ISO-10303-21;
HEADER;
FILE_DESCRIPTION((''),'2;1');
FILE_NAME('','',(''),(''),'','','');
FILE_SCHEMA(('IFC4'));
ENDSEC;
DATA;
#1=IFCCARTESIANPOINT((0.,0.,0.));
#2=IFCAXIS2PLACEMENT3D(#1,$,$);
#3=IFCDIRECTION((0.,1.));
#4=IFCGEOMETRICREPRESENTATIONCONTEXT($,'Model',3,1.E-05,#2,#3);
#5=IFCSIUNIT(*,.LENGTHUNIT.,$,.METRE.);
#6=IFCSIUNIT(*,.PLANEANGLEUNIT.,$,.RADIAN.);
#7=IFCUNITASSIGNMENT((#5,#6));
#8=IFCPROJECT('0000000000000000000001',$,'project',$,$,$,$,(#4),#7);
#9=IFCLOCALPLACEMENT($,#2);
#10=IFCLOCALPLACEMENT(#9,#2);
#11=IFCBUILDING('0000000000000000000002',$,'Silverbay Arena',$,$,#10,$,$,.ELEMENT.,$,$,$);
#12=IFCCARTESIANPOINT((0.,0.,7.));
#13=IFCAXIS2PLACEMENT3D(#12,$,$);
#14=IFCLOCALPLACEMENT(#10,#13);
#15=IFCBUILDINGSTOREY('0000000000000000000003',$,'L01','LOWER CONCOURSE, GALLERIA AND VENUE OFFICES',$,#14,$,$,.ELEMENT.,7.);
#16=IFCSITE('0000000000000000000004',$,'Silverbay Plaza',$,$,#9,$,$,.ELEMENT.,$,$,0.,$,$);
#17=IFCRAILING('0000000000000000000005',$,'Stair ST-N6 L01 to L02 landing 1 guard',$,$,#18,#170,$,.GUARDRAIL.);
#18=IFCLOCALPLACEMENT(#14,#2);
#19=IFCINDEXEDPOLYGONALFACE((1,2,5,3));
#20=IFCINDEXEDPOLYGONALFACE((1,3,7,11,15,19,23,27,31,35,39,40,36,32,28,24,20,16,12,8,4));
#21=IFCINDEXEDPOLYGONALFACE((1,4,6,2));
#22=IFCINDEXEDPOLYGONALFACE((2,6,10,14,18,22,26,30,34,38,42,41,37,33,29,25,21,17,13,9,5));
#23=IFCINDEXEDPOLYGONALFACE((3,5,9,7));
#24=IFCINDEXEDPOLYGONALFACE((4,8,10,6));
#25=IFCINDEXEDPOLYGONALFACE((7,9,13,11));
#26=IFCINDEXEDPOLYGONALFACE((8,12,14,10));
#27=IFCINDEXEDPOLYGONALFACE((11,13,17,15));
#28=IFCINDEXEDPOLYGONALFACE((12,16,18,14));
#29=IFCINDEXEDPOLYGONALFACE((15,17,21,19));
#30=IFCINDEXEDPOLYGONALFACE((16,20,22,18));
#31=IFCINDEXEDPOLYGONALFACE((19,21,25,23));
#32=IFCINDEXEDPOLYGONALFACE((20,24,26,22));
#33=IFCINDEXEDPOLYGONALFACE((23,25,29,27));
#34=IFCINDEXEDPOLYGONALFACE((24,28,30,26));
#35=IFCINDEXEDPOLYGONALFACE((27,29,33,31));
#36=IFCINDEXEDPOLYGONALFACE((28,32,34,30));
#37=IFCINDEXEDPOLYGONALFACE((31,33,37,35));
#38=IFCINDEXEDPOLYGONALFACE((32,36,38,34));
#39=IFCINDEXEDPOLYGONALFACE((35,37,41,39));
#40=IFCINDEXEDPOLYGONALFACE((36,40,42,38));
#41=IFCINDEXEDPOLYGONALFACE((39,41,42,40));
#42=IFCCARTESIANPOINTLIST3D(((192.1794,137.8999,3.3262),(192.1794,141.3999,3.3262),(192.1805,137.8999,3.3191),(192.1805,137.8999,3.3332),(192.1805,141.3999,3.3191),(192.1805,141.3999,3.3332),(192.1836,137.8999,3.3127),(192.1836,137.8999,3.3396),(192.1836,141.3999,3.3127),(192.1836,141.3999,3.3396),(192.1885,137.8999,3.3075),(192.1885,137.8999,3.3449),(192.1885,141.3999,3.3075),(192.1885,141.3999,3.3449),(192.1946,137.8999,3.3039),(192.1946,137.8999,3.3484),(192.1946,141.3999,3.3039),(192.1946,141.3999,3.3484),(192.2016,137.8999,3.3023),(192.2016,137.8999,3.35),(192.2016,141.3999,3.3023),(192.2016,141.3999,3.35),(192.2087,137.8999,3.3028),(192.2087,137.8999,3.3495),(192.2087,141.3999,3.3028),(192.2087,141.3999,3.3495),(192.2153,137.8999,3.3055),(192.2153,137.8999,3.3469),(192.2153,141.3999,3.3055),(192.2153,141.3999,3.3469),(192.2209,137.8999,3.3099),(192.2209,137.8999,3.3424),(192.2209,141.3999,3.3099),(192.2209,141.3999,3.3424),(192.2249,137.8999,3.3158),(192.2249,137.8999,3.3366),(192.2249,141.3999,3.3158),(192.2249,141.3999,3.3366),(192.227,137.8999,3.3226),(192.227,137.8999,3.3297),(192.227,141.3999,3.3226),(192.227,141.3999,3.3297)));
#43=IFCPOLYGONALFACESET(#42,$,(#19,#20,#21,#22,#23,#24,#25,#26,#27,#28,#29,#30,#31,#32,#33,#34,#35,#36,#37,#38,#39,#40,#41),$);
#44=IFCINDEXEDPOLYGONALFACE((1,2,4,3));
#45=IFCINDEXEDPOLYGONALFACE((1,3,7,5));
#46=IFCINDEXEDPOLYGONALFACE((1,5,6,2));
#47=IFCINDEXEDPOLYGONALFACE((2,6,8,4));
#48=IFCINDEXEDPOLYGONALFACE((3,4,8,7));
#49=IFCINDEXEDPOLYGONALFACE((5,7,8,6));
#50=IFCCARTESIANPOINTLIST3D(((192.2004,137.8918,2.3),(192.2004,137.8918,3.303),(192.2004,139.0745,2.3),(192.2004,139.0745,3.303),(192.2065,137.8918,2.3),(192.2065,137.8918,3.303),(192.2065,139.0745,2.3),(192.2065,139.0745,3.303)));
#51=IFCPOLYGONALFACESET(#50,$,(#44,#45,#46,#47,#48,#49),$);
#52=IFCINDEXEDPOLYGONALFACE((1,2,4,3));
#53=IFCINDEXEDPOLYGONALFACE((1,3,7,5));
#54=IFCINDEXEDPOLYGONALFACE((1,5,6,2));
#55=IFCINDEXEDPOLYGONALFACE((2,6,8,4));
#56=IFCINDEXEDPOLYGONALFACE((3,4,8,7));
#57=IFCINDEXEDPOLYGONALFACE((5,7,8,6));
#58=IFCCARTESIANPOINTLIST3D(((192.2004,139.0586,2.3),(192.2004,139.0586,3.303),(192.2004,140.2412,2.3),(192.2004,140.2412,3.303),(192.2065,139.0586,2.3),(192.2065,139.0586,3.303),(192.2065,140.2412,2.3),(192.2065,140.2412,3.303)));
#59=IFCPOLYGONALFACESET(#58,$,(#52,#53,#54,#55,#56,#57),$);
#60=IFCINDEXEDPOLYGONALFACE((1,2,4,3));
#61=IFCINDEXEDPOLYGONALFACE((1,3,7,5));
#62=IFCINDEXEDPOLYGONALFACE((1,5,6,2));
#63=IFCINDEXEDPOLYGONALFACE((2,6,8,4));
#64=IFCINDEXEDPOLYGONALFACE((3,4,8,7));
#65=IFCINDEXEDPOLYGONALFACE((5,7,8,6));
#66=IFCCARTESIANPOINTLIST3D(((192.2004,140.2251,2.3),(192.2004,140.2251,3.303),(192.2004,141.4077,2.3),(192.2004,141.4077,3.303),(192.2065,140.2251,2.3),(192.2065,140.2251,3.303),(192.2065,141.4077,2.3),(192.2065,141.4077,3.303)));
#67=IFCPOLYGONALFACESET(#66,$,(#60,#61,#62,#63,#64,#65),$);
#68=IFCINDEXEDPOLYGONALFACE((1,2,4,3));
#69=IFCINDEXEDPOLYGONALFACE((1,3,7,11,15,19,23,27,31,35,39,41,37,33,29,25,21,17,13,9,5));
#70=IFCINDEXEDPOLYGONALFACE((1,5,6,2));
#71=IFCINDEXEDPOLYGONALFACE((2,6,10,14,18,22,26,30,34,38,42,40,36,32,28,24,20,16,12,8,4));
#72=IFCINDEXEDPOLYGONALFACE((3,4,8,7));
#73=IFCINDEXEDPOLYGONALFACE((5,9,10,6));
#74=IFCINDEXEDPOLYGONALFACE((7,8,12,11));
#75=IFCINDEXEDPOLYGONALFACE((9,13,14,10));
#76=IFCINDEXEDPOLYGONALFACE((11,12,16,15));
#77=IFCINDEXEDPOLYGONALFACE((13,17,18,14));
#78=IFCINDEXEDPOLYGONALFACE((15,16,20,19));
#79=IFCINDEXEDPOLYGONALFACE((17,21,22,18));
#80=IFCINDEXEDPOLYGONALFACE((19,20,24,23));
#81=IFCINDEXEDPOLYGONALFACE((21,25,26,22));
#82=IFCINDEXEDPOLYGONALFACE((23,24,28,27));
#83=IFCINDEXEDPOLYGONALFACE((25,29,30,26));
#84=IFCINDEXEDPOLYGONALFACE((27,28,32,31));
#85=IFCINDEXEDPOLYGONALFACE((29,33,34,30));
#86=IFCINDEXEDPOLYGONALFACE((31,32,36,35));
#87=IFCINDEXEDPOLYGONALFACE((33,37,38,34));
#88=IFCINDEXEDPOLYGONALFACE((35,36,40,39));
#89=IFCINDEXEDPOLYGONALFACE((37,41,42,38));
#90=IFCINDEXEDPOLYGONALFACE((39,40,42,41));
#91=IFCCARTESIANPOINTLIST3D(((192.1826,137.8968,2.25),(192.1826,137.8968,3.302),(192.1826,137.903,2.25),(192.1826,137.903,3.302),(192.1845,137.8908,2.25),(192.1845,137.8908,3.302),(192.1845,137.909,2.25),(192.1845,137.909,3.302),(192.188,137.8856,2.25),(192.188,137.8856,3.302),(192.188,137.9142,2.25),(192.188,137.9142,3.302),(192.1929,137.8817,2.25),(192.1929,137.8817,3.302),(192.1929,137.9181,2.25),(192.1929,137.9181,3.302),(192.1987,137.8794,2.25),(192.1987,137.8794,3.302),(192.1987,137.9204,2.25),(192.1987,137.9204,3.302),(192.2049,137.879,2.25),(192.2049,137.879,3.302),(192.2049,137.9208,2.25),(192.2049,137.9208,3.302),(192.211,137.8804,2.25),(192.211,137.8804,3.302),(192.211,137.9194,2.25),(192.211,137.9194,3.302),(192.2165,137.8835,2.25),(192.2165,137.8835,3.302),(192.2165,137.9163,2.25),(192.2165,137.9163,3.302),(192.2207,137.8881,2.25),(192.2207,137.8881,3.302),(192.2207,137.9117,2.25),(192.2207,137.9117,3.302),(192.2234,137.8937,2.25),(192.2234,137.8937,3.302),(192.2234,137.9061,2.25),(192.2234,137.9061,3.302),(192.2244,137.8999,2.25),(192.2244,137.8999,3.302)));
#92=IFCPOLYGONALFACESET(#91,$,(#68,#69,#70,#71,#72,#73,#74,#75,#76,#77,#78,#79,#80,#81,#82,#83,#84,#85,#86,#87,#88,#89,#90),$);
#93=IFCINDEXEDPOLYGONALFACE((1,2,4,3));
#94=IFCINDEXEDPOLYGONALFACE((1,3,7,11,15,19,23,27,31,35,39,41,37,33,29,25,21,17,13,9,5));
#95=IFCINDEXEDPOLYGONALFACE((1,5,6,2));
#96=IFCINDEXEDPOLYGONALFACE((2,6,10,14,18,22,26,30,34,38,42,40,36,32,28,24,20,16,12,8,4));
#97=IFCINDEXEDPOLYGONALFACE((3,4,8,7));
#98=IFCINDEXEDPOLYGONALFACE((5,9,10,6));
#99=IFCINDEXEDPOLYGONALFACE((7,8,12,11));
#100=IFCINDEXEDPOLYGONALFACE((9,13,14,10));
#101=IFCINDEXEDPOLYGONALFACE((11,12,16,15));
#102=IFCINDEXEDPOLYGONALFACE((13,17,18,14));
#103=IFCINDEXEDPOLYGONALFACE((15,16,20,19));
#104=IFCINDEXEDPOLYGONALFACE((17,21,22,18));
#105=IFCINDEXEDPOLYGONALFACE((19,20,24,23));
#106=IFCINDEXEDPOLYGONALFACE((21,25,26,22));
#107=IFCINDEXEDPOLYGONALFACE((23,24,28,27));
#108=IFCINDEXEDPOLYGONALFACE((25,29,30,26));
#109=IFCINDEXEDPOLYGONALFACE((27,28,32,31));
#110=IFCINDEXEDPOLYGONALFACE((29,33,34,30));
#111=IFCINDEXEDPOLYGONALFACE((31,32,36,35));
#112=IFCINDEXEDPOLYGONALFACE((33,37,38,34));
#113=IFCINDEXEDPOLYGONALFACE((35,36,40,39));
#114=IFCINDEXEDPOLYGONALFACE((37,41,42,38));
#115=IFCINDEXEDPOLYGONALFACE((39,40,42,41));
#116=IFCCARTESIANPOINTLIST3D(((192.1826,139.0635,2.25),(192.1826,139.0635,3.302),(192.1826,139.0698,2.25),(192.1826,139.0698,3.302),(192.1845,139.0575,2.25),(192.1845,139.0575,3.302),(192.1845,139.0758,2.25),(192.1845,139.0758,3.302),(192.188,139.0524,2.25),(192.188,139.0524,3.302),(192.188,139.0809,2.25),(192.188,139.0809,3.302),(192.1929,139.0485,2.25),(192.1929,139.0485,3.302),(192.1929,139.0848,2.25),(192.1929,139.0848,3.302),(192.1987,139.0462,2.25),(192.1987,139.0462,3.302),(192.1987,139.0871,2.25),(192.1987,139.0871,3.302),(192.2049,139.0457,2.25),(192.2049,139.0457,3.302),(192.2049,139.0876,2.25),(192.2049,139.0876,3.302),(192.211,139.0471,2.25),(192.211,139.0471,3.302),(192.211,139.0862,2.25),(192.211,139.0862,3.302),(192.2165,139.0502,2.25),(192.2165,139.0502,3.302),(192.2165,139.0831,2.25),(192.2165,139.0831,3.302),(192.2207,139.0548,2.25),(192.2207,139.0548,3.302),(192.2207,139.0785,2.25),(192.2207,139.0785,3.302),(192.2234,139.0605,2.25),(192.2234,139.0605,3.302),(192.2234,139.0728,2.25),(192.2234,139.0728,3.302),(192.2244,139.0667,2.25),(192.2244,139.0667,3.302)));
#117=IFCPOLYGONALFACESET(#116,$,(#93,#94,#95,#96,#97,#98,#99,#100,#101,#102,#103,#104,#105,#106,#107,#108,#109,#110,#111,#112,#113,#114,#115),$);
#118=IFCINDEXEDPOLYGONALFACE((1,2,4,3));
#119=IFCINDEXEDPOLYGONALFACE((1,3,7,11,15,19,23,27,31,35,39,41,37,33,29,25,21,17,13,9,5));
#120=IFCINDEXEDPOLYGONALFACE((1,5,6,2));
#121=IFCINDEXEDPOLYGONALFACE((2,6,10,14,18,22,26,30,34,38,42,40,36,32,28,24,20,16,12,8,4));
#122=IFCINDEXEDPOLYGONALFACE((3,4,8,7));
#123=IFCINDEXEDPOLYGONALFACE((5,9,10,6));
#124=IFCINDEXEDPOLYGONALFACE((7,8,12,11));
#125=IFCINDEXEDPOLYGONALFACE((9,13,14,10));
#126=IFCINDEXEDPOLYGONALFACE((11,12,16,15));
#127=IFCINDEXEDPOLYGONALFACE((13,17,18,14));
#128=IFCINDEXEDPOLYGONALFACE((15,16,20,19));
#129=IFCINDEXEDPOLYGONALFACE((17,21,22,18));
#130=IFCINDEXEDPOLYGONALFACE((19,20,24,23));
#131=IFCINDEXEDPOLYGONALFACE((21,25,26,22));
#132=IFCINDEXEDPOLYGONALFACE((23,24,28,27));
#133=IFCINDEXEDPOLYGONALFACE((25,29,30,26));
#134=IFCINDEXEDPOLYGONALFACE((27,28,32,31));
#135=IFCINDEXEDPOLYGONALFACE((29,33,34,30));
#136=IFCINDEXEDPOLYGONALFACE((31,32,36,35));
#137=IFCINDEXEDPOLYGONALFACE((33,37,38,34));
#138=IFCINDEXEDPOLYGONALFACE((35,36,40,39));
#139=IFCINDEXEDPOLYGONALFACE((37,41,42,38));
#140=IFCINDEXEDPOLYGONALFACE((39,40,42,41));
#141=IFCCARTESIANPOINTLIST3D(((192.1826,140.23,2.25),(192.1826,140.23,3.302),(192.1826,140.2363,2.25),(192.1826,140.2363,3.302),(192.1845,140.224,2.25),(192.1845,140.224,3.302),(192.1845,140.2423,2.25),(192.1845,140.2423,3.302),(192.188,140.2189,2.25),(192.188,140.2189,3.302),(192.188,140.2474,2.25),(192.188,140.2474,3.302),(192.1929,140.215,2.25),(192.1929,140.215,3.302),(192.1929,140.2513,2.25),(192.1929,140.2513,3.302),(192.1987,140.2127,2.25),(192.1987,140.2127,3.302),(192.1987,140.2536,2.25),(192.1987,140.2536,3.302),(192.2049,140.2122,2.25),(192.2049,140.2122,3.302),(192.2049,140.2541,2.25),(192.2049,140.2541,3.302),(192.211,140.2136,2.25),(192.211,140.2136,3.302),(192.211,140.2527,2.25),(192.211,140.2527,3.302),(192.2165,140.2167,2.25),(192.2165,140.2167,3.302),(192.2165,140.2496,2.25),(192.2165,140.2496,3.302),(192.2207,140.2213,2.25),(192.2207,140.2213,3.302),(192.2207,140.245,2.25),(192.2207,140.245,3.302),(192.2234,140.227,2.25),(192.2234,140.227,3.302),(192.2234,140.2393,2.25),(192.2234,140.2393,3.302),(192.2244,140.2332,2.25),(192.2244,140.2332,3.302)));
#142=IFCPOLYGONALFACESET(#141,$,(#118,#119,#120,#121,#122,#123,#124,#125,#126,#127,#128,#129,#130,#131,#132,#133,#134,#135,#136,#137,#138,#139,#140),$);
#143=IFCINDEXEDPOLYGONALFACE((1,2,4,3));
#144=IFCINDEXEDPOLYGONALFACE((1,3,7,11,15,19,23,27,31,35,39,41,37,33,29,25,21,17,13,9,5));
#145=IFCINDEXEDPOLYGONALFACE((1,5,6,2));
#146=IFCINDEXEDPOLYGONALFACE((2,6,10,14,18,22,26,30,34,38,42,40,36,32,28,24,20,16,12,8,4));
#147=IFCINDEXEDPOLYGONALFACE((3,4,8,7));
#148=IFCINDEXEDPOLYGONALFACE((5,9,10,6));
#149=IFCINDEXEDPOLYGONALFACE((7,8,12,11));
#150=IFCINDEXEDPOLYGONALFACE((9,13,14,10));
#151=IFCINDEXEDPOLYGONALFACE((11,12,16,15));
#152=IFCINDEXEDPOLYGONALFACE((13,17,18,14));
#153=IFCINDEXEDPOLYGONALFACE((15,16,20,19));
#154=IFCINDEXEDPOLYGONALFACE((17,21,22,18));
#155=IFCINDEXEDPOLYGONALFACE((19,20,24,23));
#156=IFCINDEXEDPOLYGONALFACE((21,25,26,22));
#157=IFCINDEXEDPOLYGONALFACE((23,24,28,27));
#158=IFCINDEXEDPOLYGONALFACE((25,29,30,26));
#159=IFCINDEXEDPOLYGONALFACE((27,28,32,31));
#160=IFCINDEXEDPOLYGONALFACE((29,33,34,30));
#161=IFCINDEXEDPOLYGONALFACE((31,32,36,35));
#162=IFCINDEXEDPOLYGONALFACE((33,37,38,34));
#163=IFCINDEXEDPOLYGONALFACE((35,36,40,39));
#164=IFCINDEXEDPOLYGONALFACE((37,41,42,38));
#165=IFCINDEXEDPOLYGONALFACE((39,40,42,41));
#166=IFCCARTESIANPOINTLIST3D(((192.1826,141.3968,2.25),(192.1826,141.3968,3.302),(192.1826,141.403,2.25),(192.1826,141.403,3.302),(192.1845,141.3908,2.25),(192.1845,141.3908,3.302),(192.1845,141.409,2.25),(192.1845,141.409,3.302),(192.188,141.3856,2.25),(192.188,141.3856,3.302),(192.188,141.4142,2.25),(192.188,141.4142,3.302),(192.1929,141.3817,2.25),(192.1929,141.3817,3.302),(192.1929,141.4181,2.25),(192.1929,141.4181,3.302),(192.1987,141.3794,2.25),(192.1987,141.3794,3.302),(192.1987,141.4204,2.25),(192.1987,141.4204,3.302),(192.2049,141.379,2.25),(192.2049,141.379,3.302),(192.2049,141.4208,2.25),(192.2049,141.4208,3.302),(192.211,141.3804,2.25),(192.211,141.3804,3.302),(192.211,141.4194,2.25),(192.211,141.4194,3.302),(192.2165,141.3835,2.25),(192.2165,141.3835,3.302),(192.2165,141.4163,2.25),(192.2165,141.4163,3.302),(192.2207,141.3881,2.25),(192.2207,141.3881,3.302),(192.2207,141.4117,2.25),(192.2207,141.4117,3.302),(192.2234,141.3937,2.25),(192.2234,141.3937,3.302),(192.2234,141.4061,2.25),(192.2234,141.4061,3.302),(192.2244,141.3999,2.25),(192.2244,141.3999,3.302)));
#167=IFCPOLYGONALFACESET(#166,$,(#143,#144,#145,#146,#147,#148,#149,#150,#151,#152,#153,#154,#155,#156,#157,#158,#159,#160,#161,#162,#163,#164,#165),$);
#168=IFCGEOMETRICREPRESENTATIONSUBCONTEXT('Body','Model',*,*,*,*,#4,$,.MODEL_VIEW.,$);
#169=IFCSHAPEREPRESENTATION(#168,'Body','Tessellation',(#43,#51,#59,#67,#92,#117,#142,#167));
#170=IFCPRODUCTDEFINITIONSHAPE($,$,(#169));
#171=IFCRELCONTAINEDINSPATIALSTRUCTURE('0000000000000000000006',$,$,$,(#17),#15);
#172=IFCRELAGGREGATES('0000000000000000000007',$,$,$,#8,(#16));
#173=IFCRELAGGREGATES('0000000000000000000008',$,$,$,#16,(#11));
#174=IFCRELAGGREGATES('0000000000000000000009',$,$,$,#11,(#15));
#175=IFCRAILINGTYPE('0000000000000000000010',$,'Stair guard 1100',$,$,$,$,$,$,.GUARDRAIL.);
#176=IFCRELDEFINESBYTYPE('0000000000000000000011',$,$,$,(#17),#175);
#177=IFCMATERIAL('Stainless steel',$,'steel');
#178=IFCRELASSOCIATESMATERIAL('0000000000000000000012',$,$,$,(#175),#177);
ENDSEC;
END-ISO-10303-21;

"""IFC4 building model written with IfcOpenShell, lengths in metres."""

from ifc_helpers import new_model, si_unit, direction, frame, origin, origin_2d, place, context, subcontext, project, spatial, polyline, circle, outline, extrude, material, type_object, element, save


model = new_model("IFC4")

# Units and contexts
model_context = context("Model", 3, precision=1e-05, world=origin(), true_north=direction((0.0, 1.0)))
body_context = subcontext(model_context, "Body", "Model", "MODEL_VIEW")
ifc_project = project(units=[si_unit("LENGTHUNIT", "METRE"), si_unit("PLANEANGLEUNIT", "RADIAN")], contexts=[model_context])

# Site, building, storey
site_placement = place(None, origin())
site = spatial("IfcSite", under=ifc_project, at=site_placement, Name="Silverbay Plaza", CompositionType="ELEMENT", RefElevation=0.0)
building_placement = place(site_placement, origin())
building = spatial("IfcBuilding", under=site, at=building_placement, Name="Silverbay Arena", CompositionType="ELEMENT")
storey_placement = place(building_placement, frame((0.0, 0.0, 7.0)))
storey = spatial("IfcBuildingStorey", under=building, at=storey_placement, Name="L01", Description="LOWER CONCOURSE, GALLERIA AND VENUE OFFICES", CompositionType="ELEMENT", Elevation=7.0)

# Railing
ifc_material_1 = material(Name="Stainless steel", Category="steel")
railing_type_1 = type_object("IfcRailingType", Name="Stair guard 1100", PredefinedType="GUARDRAIL", material=ifc_material_1)
for number, where, name in (
    (1, (192.2034, 137.8999, 2.25), "Stair ST-N6 L01 to L02 landing 1 guard"),
):
    element("IfcRailing", number, at=place(storey_placement, frame(where)), inside=storey, type_object=railing_type_1, Name=name, PredefinedType="GUARDRAIL", context=body_context, shape_type="SweptSolid", body=[
        extrude(circle(Radius=0.0239, at=origin_2d()), frame((0.0, 0.0, 1.0762), z_axis=(0.0, 1.0, 0.0), x_axis=(-1.0, 0.0, 0.0)), (0.0, 0.0, 1.0), 3.5),
        extrude(outline(polyline([(-0.0081, 0.05), (1.1746, 0.05), (1.1746, 1.053), (-0.0081, 1.053), (-0.0081, 0.05)])), frame((-0.0029, 0.0, 0.0), z_axis=(1.0, 0.0, 0.0), x_axis=(0.0, 1.0, 0.0)), (0.0, 0.0, 1.0), 0.0061),
        extrude(outline(polyline([(-0.0081, 0.05), (1.1746, 0.05), (1.1746, 1.053), (-0.0081, 1.053), (-0.0081, 0.05)])), frame((-0.0029, 1.1667, 0.0), z_axis=(1.0, 0.0, 0.0), x_axis=(0.0, 1.0, 0.0)), (0.0, 0.0, 1.0), 0.0061),
        extrude(outline(polyline([(-0.0081, 0.05), (1.1746, 0.05), (1.1746, 1.053), (-0.0081, 1.053), (-0.0081, 0.05)])), frame((-0.0029, 2.3333, 0.0), z_axis=(1.0, 0.0, 0.0), x_axis=(0.0, 1.0, 0.0)), (0.0, 0.0, 1.0), 0.0061),
        extrude(circle(Radius=0.021, at=origin_2d()), origin(), (0.0, 0.0, 1.0), 1.052),
        extrude(circle(Radius=0.021, at=origin_2d()), frame((0.0, 1.1667, 0.0)), (0.0, 0.0, 1.0), 1.052),
        extrude(circle(Radius=0.021, at=origin_2d()), frame((0.0, 2.3333, 0.0)), (0.0, 0.0, 1.0), 1.052),
        extrude(circle(Radius=0.021, at=origin_2d()), frame((0.0, 3.5, 0.0)), (0.0, 0.0, 1.0), 1.052),
    ])

save(model, "model.ifc")
